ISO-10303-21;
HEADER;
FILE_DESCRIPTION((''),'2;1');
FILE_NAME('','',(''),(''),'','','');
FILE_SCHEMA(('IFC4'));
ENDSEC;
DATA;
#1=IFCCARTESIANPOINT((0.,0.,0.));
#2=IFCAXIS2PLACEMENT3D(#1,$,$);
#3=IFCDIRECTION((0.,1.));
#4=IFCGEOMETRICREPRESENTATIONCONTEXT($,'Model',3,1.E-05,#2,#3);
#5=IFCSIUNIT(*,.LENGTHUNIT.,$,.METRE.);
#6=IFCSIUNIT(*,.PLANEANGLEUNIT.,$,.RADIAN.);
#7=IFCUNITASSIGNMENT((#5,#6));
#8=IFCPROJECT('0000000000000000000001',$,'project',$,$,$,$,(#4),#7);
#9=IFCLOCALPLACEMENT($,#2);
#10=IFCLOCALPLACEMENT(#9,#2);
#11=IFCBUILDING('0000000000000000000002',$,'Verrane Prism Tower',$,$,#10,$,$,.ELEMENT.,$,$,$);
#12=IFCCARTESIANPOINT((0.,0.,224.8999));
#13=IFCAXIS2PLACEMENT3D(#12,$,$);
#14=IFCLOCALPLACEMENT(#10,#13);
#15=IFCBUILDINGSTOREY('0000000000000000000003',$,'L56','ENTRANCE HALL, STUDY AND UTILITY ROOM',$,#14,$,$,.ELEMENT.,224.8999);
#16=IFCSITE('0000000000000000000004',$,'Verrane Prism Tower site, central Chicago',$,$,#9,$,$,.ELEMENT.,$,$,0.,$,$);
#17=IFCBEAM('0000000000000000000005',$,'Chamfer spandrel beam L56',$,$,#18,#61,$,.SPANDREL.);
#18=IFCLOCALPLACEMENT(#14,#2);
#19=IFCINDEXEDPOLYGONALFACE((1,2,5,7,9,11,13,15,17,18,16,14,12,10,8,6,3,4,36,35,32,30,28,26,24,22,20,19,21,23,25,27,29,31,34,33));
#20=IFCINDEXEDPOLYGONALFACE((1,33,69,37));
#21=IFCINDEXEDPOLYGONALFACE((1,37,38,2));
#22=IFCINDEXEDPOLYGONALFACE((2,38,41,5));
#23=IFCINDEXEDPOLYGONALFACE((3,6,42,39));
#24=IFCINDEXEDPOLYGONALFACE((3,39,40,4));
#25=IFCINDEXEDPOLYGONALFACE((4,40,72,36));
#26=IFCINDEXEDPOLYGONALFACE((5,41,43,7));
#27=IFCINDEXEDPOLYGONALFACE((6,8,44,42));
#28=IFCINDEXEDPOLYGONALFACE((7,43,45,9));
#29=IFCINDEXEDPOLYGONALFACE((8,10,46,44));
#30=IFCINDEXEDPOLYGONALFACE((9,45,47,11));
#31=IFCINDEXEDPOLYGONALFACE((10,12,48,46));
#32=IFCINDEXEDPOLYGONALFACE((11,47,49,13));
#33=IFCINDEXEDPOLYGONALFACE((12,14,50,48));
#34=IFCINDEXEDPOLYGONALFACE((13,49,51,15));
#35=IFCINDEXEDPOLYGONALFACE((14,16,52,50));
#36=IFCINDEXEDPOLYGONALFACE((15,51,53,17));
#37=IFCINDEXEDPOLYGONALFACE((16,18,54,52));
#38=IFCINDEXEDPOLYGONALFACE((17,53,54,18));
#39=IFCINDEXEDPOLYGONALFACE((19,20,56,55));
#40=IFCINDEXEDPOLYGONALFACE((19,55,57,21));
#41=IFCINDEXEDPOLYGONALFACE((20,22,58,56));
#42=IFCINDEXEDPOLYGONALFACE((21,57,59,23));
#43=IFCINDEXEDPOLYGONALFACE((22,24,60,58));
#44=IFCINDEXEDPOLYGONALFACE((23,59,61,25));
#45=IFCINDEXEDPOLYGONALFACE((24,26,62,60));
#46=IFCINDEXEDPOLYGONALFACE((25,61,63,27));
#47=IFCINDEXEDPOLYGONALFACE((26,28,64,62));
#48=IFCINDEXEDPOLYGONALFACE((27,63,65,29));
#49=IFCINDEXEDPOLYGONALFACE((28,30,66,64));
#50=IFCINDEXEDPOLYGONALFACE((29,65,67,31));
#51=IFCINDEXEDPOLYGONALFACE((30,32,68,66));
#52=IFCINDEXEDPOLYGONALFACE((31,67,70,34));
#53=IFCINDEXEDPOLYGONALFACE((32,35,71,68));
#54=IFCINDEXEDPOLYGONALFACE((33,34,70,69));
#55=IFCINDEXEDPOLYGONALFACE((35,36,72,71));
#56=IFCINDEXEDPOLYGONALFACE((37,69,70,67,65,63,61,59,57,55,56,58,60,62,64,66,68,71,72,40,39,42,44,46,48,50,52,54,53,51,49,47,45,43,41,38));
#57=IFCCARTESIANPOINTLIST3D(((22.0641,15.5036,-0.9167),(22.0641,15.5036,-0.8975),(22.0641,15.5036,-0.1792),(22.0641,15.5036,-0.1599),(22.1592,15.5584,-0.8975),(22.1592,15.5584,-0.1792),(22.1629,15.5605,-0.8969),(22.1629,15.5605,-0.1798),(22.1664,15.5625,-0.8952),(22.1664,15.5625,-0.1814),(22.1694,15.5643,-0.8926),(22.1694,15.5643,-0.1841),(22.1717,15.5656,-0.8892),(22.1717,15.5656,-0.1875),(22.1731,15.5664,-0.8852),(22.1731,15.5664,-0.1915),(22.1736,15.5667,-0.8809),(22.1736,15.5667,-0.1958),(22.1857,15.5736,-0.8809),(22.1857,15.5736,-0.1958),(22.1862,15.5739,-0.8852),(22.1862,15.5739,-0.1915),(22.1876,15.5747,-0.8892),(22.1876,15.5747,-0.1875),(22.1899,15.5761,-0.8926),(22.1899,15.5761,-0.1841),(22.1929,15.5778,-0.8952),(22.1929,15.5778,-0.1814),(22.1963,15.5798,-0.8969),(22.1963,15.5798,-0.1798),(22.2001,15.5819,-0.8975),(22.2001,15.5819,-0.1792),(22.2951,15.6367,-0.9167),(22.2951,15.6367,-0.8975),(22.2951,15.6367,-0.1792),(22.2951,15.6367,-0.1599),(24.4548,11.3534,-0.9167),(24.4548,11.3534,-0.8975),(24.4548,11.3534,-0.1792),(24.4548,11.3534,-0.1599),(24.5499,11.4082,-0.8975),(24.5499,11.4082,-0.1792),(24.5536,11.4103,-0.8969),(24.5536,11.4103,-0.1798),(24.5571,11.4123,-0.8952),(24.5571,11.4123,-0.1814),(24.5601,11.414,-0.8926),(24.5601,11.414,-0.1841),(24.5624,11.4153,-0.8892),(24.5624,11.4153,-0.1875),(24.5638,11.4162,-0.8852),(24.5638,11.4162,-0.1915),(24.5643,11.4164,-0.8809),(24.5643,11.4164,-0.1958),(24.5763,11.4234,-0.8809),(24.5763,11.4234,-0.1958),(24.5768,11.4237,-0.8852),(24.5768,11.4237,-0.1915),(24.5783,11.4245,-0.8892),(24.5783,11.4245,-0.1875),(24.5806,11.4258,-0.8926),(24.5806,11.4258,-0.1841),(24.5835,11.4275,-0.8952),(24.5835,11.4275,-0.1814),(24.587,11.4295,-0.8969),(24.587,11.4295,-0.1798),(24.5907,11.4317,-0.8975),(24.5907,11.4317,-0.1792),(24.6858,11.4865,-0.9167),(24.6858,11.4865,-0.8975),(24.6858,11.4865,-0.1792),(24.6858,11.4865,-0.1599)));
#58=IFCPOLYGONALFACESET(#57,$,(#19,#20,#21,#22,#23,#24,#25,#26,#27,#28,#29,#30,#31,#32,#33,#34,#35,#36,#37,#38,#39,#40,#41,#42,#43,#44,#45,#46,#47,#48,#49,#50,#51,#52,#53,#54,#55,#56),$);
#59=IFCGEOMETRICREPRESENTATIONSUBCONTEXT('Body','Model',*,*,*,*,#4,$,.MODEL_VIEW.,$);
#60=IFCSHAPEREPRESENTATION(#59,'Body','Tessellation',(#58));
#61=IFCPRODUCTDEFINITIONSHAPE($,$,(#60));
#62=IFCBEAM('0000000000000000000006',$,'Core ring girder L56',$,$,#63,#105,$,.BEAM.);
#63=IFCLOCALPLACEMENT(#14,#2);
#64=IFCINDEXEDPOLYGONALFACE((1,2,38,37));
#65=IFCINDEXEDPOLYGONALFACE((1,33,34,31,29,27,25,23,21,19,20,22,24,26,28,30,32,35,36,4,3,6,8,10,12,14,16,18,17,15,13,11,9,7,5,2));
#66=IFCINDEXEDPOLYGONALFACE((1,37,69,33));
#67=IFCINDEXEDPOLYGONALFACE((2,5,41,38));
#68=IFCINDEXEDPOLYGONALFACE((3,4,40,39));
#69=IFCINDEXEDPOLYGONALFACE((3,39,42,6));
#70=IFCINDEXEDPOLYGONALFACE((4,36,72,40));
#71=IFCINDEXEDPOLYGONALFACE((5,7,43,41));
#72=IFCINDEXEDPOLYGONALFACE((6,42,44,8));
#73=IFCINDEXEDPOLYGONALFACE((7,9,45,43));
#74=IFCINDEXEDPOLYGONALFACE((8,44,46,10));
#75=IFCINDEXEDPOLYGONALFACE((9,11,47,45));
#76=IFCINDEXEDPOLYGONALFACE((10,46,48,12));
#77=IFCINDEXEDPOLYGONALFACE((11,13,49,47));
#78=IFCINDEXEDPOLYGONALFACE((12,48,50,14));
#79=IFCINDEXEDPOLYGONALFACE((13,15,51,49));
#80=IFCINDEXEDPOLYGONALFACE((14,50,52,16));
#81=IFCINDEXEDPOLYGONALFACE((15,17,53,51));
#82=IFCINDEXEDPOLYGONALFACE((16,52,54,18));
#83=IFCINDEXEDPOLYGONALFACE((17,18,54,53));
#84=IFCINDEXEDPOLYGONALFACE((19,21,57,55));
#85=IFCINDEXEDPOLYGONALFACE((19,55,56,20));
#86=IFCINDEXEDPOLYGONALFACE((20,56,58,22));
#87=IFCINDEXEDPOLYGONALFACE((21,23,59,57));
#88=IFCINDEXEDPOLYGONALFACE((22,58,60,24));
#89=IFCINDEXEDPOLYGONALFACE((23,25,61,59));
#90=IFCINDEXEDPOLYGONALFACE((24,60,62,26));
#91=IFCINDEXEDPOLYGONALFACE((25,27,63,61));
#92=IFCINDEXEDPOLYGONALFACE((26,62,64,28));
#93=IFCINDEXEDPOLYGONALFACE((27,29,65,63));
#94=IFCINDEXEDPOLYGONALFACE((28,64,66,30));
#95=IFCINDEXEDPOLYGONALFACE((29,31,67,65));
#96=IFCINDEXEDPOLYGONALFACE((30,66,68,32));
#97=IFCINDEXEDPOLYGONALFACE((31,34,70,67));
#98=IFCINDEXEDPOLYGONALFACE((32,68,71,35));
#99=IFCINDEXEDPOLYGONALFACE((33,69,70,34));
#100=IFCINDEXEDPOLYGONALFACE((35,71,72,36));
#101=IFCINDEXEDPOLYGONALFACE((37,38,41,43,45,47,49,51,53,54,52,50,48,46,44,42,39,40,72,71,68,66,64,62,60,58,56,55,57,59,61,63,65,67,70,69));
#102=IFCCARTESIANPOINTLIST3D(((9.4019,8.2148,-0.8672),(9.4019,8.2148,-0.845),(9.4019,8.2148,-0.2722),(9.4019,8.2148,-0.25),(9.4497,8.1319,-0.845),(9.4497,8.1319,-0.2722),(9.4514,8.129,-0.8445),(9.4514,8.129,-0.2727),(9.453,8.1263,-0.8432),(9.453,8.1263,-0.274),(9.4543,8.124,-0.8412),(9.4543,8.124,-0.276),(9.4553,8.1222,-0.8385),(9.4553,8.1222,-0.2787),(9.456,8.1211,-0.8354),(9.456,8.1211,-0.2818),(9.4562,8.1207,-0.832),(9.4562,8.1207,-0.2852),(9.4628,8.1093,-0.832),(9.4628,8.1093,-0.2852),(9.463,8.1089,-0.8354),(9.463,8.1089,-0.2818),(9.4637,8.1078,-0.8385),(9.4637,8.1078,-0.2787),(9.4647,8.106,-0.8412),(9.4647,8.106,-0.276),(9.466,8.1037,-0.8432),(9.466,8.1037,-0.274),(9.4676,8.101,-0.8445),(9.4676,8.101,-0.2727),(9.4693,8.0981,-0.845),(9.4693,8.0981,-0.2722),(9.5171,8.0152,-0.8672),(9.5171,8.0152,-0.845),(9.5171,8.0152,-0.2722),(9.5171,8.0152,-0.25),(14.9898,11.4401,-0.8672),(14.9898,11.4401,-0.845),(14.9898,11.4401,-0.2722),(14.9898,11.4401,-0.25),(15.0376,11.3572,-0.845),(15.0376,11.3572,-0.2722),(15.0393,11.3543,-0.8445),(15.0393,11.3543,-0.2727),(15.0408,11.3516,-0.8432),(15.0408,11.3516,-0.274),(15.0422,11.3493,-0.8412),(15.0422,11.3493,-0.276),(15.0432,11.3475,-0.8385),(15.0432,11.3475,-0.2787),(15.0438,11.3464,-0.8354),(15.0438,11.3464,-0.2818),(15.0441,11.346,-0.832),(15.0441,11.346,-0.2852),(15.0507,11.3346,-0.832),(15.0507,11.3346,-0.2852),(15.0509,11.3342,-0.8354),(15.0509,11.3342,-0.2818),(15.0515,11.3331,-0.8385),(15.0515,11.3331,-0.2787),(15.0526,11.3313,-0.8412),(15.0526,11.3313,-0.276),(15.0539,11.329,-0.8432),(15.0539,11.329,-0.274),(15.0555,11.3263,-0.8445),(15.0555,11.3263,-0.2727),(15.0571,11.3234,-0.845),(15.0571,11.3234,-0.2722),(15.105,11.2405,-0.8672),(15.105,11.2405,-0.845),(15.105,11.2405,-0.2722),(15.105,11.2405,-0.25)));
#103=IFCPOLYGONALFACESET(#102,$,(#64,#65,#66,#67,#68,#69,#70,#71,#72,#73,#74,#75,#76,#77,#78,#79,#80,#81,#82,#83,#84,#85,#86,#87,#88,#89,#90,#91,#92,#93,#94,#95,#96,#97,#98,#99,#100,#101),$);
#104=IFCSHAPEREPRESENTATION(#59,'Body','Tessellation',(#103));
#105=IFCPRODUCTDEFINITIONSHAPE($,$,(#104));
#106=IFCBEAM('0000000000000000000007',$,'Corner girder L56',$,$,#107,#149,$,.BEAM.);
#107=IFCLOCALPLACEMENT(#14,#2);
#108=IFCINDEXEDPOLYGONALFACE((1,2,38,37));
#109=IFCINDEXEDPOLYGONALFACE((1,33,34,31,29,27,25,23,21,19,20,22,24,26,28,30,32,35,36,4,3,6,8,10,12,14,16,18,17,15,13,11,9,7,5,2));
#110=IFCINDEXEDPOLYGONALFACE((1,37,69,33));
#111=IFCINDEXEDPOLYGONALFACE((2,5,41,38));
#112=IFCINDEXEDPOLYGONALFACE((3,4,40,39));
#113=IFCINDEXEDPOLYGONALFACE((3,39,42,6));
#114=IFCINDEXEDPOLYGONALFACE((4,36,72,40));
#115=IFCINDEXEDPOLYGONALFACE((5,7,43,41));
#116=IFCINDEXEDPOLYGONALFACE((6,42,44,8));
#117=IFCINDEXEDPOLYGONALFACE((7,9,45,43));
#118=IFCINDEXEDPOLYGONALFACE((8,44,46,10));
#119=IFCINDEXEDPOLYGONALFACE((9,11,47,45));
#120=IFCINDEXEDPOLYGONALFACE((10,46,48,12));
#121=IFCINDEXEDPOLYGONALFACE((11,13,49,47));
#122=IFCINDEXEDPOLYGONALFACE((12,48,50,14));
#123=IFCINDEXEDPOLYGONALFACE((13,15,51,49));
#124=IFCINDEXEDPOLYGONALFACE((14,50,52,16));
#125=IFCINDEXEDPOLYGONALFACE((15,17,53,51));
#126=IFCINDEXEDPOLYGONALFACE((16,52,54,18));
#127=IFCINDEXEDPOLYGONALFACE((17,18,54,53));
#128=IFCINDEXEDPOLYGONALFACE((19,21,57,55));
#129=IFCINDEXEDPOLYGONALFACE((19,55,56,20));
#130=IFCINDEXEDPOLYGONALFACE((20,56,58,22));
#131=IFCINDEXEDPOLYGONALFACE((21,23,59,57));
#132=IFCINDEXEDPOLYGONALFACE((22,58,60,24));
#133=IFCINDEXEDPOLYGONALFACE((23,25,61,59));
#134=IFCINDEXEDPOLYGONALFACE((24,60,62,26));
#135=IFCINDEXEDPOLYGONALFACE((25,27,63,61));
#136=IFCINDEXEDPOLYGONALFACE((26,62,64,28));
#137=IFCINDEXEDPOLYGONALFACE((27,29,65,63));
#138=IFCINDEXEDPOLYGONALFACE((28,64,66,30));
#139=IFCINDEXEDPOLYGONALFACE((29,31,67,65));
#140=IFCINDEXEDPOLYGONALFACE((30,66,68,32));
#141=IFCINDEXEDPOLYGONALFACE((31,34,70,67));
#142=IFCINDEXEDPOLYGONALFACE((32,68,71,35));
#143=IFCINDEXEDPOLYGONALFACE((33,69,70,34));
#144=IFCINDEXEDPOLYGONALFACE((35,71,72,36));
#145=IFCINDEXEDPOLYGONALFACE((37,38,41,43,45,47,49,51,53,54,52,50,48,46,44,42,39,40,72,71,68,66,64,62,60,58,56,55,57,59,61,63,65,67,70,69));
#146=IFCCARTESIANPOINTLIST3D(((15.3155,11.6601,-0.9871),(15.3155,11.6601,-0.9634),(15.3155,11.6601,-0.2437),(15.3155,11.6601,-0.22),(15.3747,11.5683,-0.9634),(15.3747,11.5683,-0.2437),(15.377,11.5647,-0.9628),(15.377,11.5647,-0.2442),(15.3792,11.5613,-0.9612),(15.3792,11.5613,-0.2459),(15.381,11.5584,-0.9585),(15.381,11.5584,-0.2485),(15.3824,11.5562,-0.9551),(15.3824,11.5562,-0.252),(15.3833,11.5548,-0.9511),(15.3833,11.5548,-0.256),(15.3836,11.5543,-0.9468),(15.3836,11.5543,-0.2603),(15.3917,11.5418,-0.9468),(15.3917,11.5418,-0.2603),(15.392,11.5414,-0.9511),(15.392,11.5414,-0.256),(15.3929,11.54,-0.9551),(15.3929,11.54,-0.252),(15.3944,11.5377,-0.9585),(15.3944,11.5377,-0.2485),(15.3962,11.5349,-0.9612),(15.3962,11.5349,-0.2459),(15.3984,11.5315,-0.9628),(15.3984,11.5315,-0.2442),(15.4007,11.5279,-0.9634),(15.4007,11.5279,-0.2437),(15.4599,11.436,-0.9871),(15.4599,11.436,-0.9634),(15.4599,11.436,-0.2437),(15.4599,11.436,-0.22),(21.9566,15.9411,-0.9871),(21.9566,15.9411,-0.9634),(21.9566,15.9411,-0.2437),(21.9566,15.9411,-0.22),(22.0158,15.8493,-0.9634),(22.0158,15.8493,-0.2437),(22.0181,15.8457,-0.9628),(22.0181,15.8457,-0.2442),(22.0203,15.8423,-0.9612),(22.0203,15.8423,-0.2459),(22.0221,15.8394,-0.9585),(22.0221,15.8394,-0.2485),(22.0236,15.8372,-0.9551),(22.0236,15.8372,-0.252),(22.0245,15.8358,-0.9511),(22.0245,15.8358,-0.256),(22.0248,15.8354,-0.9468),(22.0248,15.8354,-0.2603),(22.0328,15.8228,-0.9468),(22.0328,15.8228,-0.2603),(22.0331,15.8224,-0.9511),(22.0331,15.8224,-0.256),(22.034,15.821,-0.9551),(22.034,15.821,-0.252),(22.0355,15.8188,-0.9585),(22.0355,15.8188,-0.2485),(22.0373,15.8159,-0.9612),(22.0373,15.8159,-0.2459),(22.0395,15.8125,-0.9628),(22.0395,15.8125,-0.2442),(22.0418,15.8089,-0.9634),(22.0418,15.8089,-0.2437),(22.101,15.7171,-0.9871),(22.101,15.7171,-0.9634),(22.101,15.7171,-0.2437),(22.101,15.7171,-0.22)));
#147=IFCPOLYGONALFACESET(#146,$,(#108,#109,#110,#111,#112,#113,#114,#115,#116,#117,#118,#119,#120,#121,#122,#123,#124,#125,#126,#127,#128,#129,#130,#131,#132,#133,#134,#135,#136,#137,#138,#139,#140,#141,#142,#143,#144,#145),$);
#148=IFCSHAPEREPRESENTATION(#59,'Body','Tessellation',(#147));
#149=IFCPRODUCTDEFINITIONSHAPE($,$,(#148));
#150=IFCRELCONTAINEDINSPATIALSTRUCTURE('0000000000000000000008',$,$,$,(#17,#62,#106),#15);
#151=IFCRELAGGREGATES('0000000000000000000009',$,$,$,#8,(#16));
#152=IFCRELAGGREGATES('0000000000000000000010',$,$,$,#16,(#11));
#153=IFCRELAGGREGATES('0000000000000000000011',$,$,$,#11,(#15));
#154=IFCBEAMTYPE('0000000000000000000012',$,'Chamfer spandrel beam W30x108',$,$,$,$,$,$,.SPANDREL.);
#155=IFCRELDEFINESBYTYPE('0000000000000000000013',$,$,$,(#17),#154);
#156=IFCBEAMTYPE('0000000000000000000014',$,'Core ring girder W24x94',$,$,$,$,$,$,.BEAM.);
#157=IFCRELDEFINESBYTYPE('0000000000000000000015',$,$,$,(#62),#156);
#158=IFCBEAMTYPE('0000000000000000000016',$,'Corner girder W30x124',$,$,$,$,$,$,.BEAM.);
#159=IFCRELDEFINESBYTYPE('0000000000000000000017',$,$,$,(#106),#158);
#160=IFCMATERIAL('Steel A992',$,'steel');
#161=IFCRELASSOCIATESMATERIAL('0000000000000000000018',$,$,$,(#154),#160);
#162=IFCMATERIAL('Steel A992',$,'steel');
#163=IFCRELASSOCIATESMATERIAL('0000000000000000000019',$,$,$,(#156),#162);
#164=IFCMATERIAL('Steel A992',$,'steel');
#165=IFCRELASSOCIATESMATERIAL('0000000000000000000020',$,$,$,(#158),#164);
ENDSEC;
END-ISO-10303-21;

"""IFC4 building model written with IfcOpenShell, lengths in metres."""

from ifc_helpers import new_model, si_unit, direction, frame, origin, origin_2d, place, context, subcontext, project, spatial, i_section, extrude, material, material_profile, profile_set, type_object, element, save


model = new_model("IFC4")

# Units and contexts
model_context = context("Model", 3, precision=1e-05, world=origin(), true_north=direction((0.0, 1.0)))
body_context = subcontext(model_context, "Body", "Model", "MODEL_VIEW")
ifc_project = project(units=[si_unit("LENGTHUNIT", "METRE"), si_unit("PLANEANGLEUNIT", "RADIAN")], contexts=[model_context])

# Site, building, storey
site_placement = place(None, origin())
site = spatial("IfcSite", under=ifc_project, at=site_placement, Name="Verrane Prism Tower site, central Chicago", CompositionType="ELEMENT", RefElevation=0.0)
building_placement = place(site_placement, origin())
building = spatial("IfcBuilding", under=site, at=building_placement, Name="Verrane Prism Tower", CompositionType="ELEMENT")
storey_placement = place(building_placement, frame((0.0, 0.0, 224.8999)))
storey = spatial("IfcBuildingStorey", under=building, at=storey_placement, Name="L56", Description="ENTRANCE HALL, STUDY AND UTILITY ROOM", CompositionType="ELEMENT", Elevation=224.8999)

# Beams
ifc_material_1 = material(Name="Steel A992", Category="steel")
ifc_material_profile_1 = material_profile(ifc_material_1, i_section(OverallWidth=0.2666, OverallDepth=0.7568, WebThickness=0.0139, FlangeThickness=0.0193, FilletRadius=0.0166, at=origin_2d()), Name="W30x108")
ifc_profile_set_1 = profile_set([ifc_material_profile_1], Name="Steel A992")
beam_type_1 = type_object("IfcBeamType", Name="Chamfer spandrel beam W30x108", PredefinedType="SPANDREL", material=ifc_profile_set_1)
beam_1_placement = place(storey_placement, frame((24.5703, 11.4199, -0.5383), z_axis=(-0.499144, 0.866519, 0.0), x_axis=(-0.866519, -0.499144, 0.0)))
element("IfcBeam", 1, at=beam_1_placement, inside=storey, type_object=beam_type_1, Name="Chamfer spandrel beam L56", PredefinedType="SPANDREL", context=body_context, shape_type="SweptSolid", body=[
    extrude(i_section(OverallWidth=0.2666, OverallDepth=0.7568, WebThickness=0.0139, FlangeThickness=0.0193, FilletRadius=0.0166, at=origin_2d()), origin(), (0.0, 0.0, 1.0), 4.7896),
])
ifc_material_2 = material(Name="Steel A992", Category="steel")
ifc_material_profile_2 = material_profile(ifc_material_2, i_section(OverallWidth=0.2305, OverallDepth=0.6172, WebThickness=0.0132, FlangeThickness=0.0222, FilletRadius=0.0129, at=origin_2d()), Name="W24x94")
ifc_profile_set_2 = profile_set([ifc_material_profile_2], Name="Steel A992")
beam_type_2 = type_object("IfcBeamType", Name="Core ring girder W24x94", PredefinedType="BEAM", material=ifc_profile_set_2)
beam_2_placement = place(storey_placement, frame((15.0474, 11.3403, -0.5586), z_axis=(-0.866081, -0.499904, 0.0), x_axis=(0.499904, -0.866081, 0.0)))
element("IfcBeam", 2, at=beam_2_placement, inside=storey, type_object=beam_type_2, Name="Core ring girder L56", PredefinedType="BEAM", context=body_context, shape_type="SweptSolid", body=[
    extrude(i_section(OverallWidth=0.2305, OverallDepth=0.6172, WebThickness=0.0132, FlangeThickness=0.0222, FilletRadius=0.0129, at=origin_2d()), origin(), (0.0, 0.0, 1.0), 6.4519),
])
ifc_material_3 = material(Name="Steel A992", Category="steel")
ifc_material_profile_3 = material_profile(ifc_material_3, i_section(OverallWidth=0.2666, OverallDepth=0.7671, WebThickness=0.0149, FlangeThickness=0.0237, FilletRadius=0.0166, at=origin_2d()), Name="W30x124")
ifc_profile_set_3 = profile_set([ifc_material_profile_3], Name="Steel A992")
beam_type_3 = type_object("IfcBeamType", Name="Corner girder W30x124", PredefinedType="BEAM", material=ifc_profile_set_3)
beam_3_placement = place(storey_placement, frame((22.0288, 15.8291, -0.6035), z_axis=(-0.840503, -0.541807, 0.0), x_axis=(0.541807, -0.840503, 0.0)))
element("IfcBeam", 3, at=beam_3_placement, inside=storey, type_object=beam_type_3, Name="Corner girder L56", PredefinedType="BEAM", context=body_context, shape_type="SweptSolid", body=[
    extrude(i_section(OverallWidth=0.2666, OverallDepth=0.7671, WebThickness=0.0149, FlangeThickness=0.0237, FilletRadius=0.0166, at=origin_2d()), origin(), (0.0, 0.0, 1.0), 7.9014),
])

save(model, "model.ifc")
